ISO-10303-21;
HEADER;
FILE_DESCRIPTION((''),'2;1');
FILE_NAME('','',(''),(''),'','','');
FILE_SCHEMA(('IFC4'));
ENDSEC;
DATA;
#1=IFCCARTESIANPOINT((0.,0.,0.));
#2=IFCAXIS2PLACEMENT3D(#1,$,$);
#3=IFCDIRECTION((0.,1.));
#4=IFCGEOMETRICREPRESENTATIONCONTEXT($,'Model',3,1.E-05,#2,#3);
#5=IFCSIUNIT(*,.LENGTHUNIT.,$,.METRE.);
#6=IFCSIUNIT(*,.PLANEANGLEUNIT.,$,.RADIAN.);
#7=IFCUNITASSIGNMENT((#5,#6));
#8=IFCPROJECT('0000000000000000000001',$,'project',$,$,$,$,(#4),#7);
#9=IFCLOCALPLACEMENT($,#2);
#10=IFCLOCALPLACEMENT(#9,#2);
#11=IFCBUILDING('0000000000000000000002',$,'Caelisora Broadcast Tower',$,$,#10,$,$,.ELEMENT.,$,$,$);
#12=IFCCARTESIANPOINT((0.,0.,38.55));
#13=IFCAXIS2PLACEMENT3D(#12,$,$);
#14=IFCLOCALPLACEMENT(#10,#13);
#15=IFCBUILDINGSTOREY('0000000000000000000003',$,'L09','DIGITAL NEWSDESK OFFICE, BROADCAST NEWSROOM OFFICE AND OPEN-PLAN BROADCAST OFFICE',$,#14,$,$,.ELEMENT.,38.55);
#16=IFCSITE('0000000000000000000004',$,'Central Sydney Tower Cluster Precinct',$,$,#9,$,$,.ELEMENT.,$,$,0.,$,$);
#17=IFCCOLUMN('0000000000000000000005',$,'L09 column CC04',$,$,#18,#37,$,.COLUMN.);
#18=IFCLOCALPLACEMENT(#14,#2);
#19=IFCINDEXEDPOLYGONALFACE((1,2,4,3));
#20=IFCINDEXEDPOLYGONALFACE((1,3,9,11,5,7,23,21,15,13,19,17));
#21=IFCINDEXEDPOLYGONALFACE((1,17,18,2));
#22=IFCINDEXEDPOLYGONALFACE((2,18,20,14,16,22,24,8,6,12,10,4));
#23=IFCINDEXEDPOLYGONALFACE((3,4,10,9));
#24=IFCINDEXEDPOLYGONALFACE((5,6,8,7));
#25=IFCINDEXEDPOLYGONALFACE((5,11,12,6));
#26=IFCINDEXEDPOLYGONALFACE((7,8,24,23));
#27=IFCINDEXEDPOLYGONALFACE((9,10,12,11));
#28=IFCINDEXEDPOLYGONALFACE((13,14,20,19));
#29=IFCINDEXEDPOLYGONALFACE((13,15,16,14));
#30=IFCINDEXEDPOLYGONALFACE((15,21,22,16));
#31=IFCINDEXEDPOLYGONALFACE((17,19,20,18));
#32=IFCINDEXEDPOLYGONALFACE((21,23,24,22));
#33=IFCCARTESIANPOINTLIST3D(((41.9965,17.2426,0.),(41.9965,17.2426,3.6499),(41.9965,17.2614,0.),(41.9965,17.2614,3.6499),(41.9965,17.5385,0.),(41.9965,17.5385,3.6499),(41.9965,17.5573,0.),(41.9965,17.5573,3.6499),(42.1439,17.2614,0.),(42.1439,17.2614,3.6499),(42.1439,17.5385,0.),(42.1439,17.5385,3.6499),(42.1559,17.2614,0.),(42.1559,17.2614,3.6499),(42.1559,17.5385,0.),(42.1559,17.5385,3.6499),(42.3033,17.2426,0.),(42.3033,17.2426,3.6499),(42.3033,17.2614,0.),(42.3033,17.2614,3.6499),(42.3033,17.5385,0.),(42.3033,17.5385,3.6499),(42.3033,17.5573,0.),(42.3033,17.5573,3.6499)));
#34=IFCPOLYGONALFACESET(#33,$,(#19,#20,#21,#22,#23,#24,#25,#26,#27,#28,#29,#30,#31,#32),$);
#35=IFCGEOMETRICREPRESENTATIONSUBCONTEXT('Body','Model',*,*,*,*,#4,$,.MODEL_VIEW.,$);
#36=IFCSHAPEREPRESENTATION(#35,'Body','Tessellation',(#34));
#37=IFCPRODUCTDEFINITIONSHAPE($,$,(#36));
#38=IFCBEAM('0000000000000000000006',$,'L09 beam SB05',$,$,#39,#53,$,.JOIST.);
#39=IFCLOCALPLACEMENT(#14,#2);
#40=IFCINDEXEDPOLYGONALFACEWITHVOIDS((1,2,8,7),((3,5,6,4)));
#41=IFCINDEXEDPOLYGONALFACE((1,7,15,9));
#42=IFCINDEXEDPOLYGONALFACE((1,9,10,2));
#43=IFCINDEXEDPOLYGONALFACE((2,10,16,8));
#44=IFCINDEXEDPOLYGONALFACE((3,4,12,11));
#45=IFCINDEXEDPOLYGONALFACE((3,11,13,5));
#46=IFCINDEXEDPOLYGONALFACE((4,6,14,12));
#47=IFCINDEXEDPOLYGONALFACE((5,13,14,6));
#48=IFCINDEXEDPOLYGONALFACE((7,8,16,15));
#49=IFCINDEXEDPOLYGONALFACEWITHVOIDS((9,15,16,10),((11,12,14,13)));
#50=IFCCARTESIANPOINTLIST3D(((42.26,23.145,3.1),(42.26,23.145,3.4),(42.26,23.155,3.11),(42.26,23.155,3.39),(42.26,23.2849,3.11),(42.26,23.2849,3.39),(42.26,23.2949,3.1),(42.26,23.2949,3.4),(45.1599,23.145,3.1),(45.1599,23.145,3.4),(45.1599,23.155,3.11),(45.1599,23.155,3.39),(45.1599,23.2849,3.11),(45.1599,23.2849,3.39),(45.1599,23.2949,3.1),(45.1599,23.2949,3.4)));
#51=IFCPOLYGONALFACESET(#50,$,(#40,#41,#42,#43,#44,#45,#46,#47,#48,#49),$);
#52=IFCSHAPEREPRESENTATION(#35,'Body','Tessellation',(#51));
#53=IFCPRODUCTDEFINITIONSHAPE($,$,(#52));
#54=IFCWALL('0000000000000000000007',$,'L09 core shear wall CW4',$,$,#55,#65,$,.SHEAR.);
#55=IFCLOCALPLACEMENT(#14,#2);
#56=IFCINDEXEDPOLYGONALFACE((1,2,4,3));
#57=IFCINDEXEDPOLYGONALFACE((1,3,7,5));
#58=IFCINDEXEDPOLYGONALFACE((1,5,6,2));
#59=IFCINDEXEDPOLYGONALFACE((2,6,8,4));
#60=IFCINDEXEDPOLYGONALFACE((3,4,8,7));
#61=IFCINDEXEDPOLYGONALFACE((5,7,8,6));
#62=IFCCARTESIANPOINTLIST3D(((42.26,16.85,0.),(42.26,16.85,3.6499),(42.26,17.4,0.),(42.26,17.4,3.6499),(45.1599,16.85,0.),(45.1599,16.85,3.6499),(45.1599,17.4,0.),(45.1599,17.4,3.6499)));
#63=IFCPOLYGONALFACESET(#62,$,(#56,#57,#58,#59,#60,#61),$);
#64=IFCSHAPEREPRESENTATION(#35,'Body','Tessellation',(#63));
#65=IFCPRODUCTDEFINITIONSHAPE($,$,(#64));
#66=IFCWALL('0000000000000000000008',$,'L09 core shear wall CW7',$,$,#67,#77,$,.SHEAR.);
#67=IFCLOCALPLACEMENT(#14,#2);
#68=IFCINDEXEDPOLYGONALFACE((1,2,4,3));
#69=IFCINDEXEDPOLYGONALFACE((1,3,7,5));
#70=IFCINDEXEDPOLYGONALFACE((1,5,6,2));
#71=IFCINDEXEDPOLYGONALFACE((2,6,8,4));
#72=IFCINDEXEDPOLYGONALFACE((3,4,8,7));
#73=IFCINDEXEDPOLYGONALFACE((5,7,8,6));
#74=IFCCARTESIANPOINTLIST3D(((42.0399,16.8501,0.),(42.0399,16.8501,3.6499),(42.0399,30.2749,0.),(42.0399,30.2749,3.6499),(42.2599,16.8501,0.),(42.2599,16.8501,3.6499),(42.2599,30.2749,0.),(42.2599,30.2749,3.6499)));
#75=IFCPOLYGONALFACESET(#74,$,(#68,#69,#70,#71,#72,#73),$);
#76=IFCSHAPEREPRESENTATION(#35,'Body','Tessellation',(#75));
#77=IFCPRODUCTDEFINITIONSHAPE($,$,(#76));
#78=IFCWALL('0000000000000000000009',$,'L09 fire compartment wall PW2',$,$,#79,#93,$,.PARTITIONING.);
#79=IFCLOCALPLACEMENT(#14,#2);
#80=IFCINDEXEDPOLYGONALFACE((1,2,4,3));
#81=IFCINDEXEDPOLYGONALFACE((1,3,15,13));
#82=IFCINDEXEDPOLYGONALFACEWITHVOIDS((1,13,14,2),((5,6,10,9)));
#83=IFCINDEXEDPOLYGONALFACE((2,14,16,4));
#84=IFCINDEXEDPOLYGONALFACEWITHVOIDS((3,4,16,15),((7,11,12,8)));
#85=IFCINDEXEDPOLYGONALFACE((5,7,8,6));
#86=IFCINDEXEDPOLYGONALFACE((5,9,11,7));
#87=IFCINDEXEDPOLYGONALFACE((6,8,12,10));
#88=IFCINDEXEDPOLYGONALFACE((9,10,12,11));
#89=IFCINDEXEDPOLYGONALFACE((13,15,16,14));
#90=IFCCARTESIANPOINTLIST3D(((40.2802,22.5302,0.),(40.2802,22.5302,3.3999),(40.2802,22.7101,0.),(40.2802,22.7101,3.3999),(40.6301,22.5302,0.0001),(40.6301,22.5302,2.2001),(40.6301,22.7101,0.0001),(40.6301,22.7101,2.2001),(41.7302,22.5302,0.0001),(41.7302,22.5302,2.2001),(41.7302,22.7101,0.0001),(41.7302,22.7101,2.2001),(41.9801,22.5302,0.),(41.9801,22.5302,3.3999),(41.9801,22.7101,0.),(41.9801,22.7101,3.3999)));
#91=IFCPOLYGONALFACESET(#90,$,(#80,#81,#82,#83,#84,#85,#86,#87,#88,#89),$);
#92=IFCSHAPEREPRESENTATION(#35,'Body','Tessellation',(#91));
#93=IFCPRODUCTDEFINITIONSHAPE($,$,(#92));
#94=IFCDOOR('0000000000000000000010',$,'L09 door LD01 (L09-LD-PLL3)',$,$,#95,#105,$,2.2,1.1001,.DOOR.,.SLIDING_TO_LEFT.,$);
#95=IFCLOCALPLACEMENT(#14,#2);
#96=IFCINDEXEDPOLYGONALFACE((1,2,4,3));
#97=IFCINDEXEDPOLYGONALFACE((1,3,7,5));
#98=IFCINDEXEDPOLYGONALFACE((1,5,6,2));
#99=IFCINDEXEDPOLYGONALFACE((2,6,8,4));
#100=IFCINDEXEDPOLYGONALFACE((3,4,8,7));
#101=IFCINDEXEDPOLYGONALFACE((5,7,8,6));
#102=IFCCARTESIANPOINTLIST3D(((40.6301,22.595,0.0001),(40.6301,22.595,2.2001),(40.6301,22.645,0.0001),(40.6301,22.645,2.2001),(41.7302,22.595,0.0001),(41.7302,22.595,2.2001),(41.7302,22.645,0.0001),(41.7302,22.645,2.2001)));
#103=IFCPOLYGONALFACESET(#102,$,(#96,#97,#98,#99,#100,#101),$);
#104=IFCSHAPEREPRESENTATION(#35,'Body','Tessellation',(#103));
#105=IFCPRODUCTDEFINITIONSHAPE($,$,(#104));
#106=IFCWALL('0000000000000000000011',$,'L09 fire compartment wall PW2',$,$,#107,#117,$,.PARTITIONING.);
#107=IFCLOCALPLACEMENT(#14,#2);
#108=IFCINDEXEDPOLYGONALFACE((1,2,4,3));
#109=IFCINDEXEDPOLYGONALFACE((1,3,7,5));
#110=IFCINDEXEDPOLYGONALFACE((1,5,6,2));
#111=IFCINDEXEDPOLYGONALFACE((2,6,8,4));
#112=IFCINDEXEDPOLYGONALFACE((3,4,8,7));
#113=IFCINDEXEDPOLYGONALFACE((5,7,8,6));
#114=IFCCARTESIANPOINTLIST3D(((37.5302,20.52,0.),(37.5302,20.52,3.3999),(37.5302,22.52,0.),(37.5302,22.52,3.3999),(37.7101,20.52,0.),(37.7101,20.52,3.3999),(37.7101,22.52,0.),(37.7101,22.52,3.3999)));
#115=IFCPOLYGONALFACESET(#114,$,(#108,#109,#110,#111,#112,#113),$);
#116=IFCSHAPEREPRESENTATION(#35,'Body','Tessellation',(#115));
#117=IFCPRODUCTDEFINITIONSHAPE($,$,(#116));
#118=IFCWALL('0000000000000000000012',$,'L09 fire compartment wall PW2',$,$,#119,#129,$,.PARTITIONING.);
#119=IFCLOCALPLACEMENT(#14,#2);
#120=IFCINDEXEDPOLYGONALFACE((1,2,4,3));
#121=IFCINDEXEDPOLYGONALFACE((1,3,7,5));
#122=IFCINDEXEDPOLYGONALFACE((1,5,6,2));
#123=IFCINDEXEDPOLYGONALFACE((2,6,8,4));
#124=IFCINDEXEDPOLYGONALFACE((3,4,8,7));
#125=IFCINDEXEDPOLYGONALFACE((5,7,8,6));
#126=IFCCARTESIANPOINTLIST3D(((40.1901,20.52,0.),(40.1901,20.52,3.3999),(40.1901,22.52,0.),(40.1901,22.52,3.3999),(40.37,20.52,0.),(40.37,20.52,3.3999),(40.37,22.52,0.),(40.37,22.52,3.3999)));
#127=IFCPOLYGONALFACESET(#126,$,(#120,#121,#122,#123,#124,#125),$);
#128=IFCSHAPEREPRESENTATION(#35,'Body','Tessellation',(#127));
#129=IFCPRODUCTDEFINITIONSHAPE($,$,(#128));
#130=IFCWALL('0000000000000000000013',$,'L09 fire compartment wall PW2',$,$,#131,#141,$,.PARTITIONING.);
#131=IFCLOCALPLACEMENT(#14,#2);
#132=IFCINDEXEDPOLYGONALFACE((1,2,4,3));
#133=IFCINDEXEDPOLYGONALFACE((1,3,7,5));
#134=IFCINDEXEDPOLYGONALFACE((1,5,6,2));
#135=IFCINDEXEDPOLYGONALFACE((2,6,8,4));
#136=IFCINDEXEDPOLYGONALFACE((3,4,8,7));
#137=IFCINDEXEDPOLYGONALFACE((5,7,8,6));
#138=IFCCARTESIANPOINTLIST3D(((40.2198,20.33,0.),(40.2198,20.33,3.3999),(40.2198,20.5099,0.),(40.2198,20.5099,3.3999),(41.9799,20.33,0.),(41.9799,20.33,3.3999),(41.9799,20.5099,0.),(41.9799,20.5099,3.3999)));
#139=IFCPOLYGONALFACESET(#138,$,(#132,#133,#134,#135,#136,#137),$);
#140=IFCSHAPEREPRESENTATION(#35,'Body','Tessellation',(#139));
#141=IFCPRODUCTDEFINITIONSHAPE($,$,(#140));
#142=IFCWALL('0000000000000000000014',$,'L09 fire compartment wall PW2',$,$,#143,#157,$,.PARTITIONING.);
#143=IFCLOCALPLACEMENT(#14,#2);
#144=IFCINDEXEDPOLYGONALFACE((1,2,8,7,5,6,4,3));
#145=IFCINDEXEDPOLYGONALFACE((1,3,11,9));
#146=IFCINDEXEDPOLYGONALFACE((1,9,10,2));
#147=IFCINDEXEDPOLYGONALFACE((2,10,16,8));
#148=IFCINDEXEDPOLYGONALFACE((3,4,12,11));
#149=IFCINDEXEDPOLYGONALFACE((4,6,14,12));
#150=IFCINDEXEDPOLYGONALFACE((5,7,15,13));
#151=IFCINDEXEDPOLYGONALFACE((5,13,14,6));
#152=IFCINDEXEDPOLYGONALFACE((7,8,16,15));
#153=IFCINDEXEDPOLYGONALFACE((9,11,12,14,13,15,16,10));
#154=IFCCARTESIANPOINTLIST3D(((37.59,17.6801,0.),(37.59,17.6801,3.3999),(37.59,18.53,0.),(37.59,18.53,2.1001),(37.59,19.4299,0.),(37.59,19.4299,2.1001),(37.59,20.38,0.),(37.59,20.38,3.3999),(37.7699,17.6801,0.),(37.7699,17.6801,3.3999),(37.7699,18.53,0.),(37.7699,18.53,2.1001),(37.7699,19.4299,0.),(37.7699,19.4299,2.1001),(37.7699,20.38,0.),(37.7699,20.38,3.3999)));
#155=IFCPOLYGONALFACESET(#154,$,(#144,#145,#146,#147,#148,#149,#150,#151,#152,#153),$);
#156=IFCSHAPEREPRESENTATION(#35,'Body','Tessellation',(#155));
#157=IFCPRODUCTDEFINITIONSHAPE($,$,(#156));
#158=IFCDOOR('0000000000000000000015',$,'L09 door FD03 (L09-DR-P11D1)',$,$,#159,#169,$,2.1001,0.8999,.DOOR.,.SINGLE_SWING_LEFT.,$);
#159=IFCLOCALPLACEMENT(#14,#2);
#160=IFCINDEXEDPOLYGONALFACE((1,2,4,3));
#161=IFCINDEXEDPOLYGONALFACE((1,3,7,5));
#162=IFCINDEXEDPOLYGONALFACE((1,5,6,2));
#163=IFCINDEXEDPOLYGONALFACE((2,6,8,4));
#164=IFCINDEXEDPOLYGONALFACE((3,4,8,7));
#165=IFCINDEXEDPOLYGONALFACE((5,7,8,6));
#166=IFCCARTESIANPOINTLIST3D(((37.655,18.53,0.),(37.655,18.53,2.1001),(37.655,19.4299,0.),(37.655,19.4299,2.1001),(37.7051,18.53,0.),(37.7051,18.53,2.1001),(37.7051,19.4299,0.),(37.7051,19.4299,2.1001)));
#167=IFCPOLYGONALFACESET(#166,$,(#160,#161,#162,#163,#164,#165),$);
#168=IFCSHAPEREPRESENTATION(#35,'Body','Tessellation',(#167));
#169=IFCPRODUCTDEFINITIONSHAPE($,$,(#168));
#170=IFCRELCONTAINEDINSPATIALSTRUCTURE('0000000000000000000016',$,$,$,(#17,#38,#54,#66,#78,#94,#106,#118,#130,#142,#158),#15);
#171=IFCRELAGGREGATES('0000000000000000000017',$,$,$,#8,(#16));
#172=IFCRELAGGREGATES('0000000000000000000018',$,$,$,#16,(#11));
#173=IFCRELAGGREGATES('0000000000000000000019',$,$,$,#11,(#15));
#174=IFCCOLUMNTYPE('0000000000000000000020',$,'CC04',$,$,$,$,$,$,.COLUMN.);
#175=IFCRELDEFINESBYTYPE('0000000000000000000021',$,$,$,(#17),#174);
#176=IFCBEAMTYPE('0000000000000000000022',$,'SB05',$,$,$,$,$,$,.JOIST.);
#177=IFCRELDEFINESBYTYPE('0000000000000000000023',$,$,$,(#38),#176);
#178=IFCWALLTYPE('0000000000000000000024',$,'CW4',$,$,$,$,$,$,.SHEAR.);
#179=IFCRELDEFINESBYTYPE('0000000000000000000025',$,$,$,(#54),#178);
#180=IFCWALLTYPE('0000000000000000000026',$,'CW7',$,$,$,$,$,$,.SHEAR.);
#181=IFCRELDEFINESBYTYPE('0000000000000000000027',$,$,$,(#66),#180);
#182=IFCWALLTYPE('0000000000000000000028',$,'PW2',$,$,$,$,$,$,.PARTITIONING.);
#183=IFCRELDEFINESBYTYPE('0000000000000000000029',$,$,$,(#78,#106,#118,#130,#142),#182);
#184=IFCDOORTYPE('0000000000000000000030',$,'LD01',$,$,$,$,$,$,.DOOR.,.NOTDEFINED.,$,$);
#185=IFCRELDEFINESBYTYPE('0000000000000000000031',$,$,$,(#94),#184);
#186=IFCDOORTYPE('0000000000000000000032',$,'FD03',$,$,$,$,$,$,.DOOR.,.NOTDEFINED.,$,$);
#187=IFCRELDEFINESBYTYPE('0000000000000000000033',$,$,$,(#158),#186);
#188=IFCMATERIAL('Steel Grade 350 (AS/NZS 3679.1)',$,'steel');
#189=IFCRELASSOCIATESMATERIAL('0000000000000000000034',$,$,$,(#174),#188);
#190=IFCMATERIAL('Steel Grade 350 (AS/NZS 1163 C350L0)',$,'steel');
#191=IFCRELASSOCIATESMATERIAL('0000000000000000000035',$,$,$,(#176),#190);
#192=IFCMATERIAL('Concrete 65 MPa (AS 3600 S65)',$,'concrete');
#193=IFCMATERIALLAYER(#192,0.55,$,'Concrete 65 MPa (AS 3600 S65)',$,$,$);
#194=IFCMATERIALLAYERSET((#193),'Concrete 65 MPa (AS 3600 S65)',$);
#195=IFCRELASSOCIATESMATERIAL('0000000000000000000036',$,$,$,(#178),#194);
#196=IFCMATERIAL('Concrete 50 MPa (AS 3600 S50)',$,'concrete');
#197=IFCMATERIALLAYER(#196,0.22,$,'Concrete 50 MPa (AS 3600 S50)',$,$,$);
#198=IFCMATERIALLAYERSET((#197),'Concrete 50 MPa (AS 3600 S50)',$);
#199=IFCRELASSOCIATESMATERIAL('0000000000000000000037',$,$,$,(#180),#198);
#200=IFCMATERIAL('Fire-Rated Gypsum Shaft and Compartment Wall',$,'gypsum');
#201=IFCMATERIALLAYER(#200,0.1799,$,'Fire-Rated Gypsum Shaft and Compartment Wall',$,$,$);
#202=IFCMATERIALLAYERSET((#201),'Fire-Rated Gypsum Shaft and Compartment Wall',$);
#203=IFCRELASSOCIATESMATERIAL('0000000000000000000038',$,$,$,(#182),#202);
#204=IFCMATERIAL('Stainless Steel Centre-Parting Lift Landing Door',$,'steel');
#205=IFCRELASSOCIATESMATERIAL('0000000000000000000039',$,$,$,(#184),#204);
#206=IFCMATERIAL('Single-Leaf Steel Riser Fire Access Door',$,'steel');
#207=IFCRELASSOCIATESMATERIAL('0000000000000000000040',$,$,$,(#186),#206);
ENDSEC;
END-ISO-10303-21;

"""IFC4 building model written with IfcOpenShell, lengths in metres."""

from ifc_helpers import new_model, si_unit, direction, frame, frame_2d, origin, origin_2d, place, context, subcontext, project, spatial, rectangle, hollow_rectangle, i_section, extrude, source, transform, mapped, material, layer, layer_set, material_profile, profile_set, type_object, type_shapes, element, fill, save


model = new_model("IFC4")

# Units and contexts
model_context = context("Model", 3, precision=1e-05, world=origin(), true_north=direction((0.0, 1.0)))
body_context = subcontext(model_context, "Body", "Model", "MODEL_VIEW")
ifc_project = project(units=[si_unit("LENGTHUNIT", "METRE"), si_unit("PLANEANGLEUNIT", "RADIAN")], contexts=[model_context])

# Site, building, storey
site_placement = place(None, origin())
site = spatial("IfcSite", under=ifc_project, at=site_placement, Name="Central Sydney Tower Cluster Precinct", CompositionType="ELEMENT", RefElevation=0.0)
building_placement = place(site_placement, origin())
building = spatial("IfcBuilding", under=site, at=building_placement, Name="Caelisora Broadcast Tower", CompositionType="ELEMENT")
storey_placement = place(building_placement, frame((0.0, 0.0, 38.55)))
storey = spatial("IfcBuildingStorey", under=building, at=storey_placement, Name="L09", Description="DIGITAL NEWSDESK OFFICE, BROADCAST NEWSROOM OFFICE AND OPEN-PLAN BROADCAST OFFICE", CompositionType="ELEMENT", Elevation=38.55)

# Column
ifc_material_1 = material(Name="Steel Grade 350 (AS/NZS 3679.1)", Category="steel")
ifc_material_profile_1 = material_profile(ifc_material_1, i_section(OverallWidth=0.3069, OverallDepth=0.3147, WebThickness=0.012, FlangeThickness=0.0188, at=origin_2d()), Name="Steel Grade 350 (AS/NZS 3679.1)")
ifc_profile_set_1 = profile_set([ifc_material_profile_1], Name="Steel Grade 350 (AS/NZS 3679.1)")
column_type = type_object("IfcColumnType", Name="CC04", PredefinedType="COLUMN", material=ifc_profile_set_1)
shared_shape_1 = source(origin(), body_context, "Body", "SweptSolid", [
    extrude(i_section(OverallWidth=0.3069, OverallDepth=0.3147, WebThickness=0.012, FlangeThickness=0.0188, at=origin_2d()), origin(), (0.0, 0.0, 1.0), 3.6499),
])
type_shapes(column_type, [shared_shape_1])
column_placement = place(storey_placement, frame((42.1499, 17.3999, 0.0), z_axis=(0.0, 0.0, 1.0), x_axis=(1.0, 0.0, 0.0)))
element("IfcColumn", 1, at=column_placement, inside=storey, type_object=column_type, Name="L09 column CC04", PredefinedType="COLUMN", context=body_context, shape_type="MappedRepresentation", body=[
    mapped(shared_shape_1, transform((0.0, 0.0, 0.0), scale=1.0)),
])

# Beam
ifc_material_2 = material(Name="Steel Grade 350 (AS/NZS 1163 C350L0)", Category="steel")
ifc_material_profile_2 = material_profile(ifc_material_2, hollow_rectangle(XDim=0.1499, YDim=0.3, WallThickness=0.01, at=origin_2d()), Name="Steel Grade 350 (AS/NZS 1163 C350L0)")
ifc_profile_set_2 = profile_set([ifc_material_profile_2], Name="Steel Grade 350 (AS/NZS 1163 C350L0)")
beam_type = type_object("IfcBeamType", Name="SB05", PredefinedType="JOIST", material=ifc_profile_set_2)
shared_shape_2 = source(origin(), body_context, "Body", "SweptSolid", [
    extrude(hollow_rectangle(XDim=0.1499, YDim=0.3, WallThickness=0.01, at=origin_2d()), origin(), (0.0, 0.0, 1.0), 2.8999),
])
type_shapes(beam_type, [shared_shape_2])
beam_placement = place(storey_placement, frame((42.26, 23.22, 3.25), z_axis=(1.0, 0.0, 0.0), x_axis=(0.0, 1.0, 0.0)))
element("IfcBeam", 2, at=beam_placement, inside=storey, type_object=beam_type, Name="L09 beam SB05", PredefinedType="JOIST", context=body_context, shape_type="MappedRepresentation", body=[
    mapped(shared_shape_2, transform((0.0, 0.0, 0.0), scale=1.0)),
])

# Shared definitions
ifc_material_3 = material(Name="Concrete 65 MPa (AS 3600 S65)", Category="concrete")

# Walls
ifc_layer_1 = layer(ifc_material_3, 0.55, Name="Concrete 65 MPa (AS 3600 S65)")
ifc_layer_set_1 = layer_set([ifc_layer_1], Name="Concrete 65 MPa (AS 3600 S65)")
wall_type_1 = type_object("IfcWallType", Name="CW4", PredefinedType="SHEAR", material=ifc_layer_set_1)
wall_1_placement = place(storey_placement, frame((42.26, 17.125, 0.0), z_axis=(0.0, 0.0, 1.0), x_axis=(1.0, 0.0, 0.0)))
element("IfcWall", 3, at=wall_1_placement, inside=storey, type_object=wall_type_1, Name="L09 core shear wall CW4", PredefinedType="SHEAR", context=body_context, shape_type="SweptSolid", body=[
    extrude(rectangle(XDim=2.8999, YDim=0.55, at=frame_2d((1.45, 0.0))), origin(), (0.0, 0.0, 1.0), 3.6499),
])
ifc_material_4 = material(Name="Concrete 50 MPa (AS 3600 S50)", Category="concrete")
ifc_layer_2 = layer(ifc_material_4, 0.22, Name="Concrete 50 MPa (AS 3600 S50)")
ifc_layer_set_2 = layer_set([ifc_layer_2], Name="Concrete 50 MPa (AS 3600 S50)")
wall_type_2 = type_object("IfcWallType", Name="CW7", PredefinedType="SHEAR", material=ifc_layer_set_2)
wall_2_placement = place(storey_placement, frame((42.1499, 16.8501, 0.0), z_axis=(0.0, 0.0, 1.0), x_axis=(0.0, 1.0, 0.0)))
element("IfcWall", 4, at=wall_2_placement, inside=storey, type_object=wall_type_2, Name="L09 core shear wall CW7", PredefinedType="SHEAR", context=body_context, shape_type="SweptSolid", body=[
    extrude(rectangle(XDim=13.4248, YDim=0.22, at=frame_2d((6.7124, 0.0))), origin(), (0.0, 0.0, 1.0), 3.6499),
])

# Wall, opening, door
ifc_material_5 = material(Name="Fire-Rated Gypsum Shaft and Compartment Wall", Category="gypsum")
ifc_layer_3 = layer(ifc_material_5, 0.1799, Name="Fire-Rated Gypsum Shaft and Compartment Wall")
ifc_layer_set_3 = layer_set([ifc_layer_3], Name="Fire-Rated Gypsum Shaft and Compartment Wall")
wall_type_3 = type_object("IfcWallType", Name="PW2", PredefinedType="PARTITIONING", material=ifc_layer_set_3)
wall_3_placement = place(storey_placement, frame((40.28, 22.6201, 0.0), z_axis=(0.0, 0.0, 1.0), x_axis=(1.0, 0.0, 0.0)))
wall_3 = element("IfcWall", 5, at=wall_3_placement, inside=storey, type_object=wall_type_3, Name="L09 fire compartment wall PW2", PredefinedType="PARTITIONING", context=body_context, shape_type="SweptSolid", body=[
    extrude(rectangle(XDim=1.7, YDim=0.1799, at=frame_2d((0.8501, 0.0))), origin(), (0.0, 0.0, 1.0), 3.3999),
])
opening_1_placement = place(wall_3_placement, frame((0.3501, 0.0, 0.0)))
opening_1 = element("IfcOpeningElement", 6, at=opening_1_placement, cuts=wall_3, PredefinedType="OPENING", context=body_context, shape_type="SweptSolid", body=[
    extrude(rectangle(XDim=1.1001, YDim=2.2, at=frame_2d((0.55, 1.1001))), frame((0.0, 0.1021, 0.0), z_axis=(0.0, -1.0, 0.0), x_axis=(1.0, 0.0, 0.0)), (0.0, 0.0, 1.0), 0.2039),
])
ifc_material_6 = material(Name="Stainless Steel Centre-Parting Lift Landing Door", Category="steel")
door_type_1 = type_object("IfcDoorType", Name="LD01", OperationType="NOTDEFINED", PredefinedType="DOOR", material=ifc_material_6)
door_1_placement = place(opening_1_placement, origin())
door_1 = element("IfcDoor", 7, at=door_1_placement, inside=storey, type_object=door_type_1, Name="L09 door LD01 (L09-LD-PLL3)", OperationType="SLIDING_TO_LEFT", OverallHeight=2.2, OverallWidth=1.1001, PredefinedType="DOOR", context=body_context, shape_type="SweptSolid", body=[
    extrude(rectangle(XDim=1.1001, YDim=2.2, at=frame_2d((0.55, 1.1001))), frame((0.0, 0.0249, 0.0), z_axis=(0.0, -1.0, 0.0), x_axis=(1.0, 0.0, 0.0)), (0.0, 0.0, 1.0), 0.05),
])
fill(opening_1, door_1)

# Walls
for number, where, z_axis, x_axis, name in (
    (8, (37.6201, 20.52, 0.0), (0.0, 0.0, 1.0), (0.0, 1.0, 0.0), "L09 fire compartment wall PW2"),
    (9, (40.28, 20.52, 0.0), (0.0, 0.0, 1.0), (0.0, 1.0, 0.0), "L09 fire compartment wall PW2"),
):
    element("IfcWall", number, at=place(storey_placement, frame(where, z_axis=z_axis, x_axis=x_axis)), inside=storey, type_object=wall_type_3, Name=name, PredefinedType="PARTITIONING", context=body_context, shape_type="SweptSolid", body=[
        extrude(rectangle(XDim=2.0, YDim=0.1799, at=frame_2d((1.0, 0.0))), origin(), (0.0, 0.0, 1.0), 3.3999),
    ])
wall_4_placement = place(storey_placement, frame((40.22, 20.4199, 0.0), z_axis=(0.0, 0.0, 1.0), x_axis=(1.0, 0.0, 0.0)))
element("IfcWall", 10, at=wall_4_placement, inside=storey, type_object=wall_type_3, Name="L09 fire compartment wall PW2", PredefinedType="PARTITIONING", context=body_context, shape_type="SweptSolid", body=[
    extrude(rectangle(XDim=1.76, YDim=0.1799, at=frame_2d((0.8799, 0.0))), origin(), (0.0, 0.0, 1.0), 3.3999),
])

# Wall, opening, door
wall_5_placement = place(storey_placement, frame((37.6799, 17.6799, 0.0), z_axis=(0.0, 0.0, 1.0), x_axis=(0.0, 1.0, 0.0)))
wall_5 = element("IfcWall", 11, at=wall_5_placement, inside=storey, type_object=wall_type_3, Name="L09 fire compartment wall PW2", PredefinedType="PARTITIONING", context=body_context, shape_type="SweptSolid", body=[
    extrude(rectangle(XDim=2.7, YDim=0.1799, at=frame_2d((1.3501, 0.0))), origin(), (0.0, 0.0, 1.0), 3.3999),
])
opening_2_placement = place(wall_5_placement, frame((0.8501, 0.0, 0.0)))
opening_2 = element("IfcOpeningElement", 12, at=opening_2_placement, cuts=wall_5, PredefinedType="OPENING", context=body_context, shape_type="SweptSolid", body=[
    extrude(rectangle(XDim=0.8999, YDim=2.1001, at=frame_2d((0.45, 1.05))), frame((0.0, 0.1021, 0.0), z_axis=(0.0, -1.0, 0.0), x_axis=(1.0, 0.0, 0.0)), (0.0, 0.0, 1.0), 0.2039),
])
ifc_material_7 = material(Name="Single-Leaf Steel Riser Fire Access Door", Category="steel")
door_type_2 = type_object("IfcDoorType", Name="FD03", OperationType="NOTDEFINED", PredefinedType="DOOR", material=ifc_material_7)
door_2_placement = place(opening_2_placement, origin())
door_2 = element("IfcDoor", 13, at=door_2_placement, inside=storey, type_object=door_type_2, Name="L09 door FD03 (L09-DR-P11D1)", OperationType="SINGLE_SWING_LEFT", OverallHeight=2.1001, OverallWidth=0.8999, PredefinedType="DOOR", context=body_context, shape_type="SweptSolid", body=[
    extrude(rectangle(XDim=0.8999, YDim=2.1001, at=frame_2d((0.45, 1.05))), frame((0.0, 0.0249, 0.0), z_axis=(0.0, -1.0, 0.0), x_axis=(1.0, 0.0, 0.0)), (0.0, 0.0, 1.0), 0.05),
])
fill(opening_2, door_2)

save(model, "model.ifc")
